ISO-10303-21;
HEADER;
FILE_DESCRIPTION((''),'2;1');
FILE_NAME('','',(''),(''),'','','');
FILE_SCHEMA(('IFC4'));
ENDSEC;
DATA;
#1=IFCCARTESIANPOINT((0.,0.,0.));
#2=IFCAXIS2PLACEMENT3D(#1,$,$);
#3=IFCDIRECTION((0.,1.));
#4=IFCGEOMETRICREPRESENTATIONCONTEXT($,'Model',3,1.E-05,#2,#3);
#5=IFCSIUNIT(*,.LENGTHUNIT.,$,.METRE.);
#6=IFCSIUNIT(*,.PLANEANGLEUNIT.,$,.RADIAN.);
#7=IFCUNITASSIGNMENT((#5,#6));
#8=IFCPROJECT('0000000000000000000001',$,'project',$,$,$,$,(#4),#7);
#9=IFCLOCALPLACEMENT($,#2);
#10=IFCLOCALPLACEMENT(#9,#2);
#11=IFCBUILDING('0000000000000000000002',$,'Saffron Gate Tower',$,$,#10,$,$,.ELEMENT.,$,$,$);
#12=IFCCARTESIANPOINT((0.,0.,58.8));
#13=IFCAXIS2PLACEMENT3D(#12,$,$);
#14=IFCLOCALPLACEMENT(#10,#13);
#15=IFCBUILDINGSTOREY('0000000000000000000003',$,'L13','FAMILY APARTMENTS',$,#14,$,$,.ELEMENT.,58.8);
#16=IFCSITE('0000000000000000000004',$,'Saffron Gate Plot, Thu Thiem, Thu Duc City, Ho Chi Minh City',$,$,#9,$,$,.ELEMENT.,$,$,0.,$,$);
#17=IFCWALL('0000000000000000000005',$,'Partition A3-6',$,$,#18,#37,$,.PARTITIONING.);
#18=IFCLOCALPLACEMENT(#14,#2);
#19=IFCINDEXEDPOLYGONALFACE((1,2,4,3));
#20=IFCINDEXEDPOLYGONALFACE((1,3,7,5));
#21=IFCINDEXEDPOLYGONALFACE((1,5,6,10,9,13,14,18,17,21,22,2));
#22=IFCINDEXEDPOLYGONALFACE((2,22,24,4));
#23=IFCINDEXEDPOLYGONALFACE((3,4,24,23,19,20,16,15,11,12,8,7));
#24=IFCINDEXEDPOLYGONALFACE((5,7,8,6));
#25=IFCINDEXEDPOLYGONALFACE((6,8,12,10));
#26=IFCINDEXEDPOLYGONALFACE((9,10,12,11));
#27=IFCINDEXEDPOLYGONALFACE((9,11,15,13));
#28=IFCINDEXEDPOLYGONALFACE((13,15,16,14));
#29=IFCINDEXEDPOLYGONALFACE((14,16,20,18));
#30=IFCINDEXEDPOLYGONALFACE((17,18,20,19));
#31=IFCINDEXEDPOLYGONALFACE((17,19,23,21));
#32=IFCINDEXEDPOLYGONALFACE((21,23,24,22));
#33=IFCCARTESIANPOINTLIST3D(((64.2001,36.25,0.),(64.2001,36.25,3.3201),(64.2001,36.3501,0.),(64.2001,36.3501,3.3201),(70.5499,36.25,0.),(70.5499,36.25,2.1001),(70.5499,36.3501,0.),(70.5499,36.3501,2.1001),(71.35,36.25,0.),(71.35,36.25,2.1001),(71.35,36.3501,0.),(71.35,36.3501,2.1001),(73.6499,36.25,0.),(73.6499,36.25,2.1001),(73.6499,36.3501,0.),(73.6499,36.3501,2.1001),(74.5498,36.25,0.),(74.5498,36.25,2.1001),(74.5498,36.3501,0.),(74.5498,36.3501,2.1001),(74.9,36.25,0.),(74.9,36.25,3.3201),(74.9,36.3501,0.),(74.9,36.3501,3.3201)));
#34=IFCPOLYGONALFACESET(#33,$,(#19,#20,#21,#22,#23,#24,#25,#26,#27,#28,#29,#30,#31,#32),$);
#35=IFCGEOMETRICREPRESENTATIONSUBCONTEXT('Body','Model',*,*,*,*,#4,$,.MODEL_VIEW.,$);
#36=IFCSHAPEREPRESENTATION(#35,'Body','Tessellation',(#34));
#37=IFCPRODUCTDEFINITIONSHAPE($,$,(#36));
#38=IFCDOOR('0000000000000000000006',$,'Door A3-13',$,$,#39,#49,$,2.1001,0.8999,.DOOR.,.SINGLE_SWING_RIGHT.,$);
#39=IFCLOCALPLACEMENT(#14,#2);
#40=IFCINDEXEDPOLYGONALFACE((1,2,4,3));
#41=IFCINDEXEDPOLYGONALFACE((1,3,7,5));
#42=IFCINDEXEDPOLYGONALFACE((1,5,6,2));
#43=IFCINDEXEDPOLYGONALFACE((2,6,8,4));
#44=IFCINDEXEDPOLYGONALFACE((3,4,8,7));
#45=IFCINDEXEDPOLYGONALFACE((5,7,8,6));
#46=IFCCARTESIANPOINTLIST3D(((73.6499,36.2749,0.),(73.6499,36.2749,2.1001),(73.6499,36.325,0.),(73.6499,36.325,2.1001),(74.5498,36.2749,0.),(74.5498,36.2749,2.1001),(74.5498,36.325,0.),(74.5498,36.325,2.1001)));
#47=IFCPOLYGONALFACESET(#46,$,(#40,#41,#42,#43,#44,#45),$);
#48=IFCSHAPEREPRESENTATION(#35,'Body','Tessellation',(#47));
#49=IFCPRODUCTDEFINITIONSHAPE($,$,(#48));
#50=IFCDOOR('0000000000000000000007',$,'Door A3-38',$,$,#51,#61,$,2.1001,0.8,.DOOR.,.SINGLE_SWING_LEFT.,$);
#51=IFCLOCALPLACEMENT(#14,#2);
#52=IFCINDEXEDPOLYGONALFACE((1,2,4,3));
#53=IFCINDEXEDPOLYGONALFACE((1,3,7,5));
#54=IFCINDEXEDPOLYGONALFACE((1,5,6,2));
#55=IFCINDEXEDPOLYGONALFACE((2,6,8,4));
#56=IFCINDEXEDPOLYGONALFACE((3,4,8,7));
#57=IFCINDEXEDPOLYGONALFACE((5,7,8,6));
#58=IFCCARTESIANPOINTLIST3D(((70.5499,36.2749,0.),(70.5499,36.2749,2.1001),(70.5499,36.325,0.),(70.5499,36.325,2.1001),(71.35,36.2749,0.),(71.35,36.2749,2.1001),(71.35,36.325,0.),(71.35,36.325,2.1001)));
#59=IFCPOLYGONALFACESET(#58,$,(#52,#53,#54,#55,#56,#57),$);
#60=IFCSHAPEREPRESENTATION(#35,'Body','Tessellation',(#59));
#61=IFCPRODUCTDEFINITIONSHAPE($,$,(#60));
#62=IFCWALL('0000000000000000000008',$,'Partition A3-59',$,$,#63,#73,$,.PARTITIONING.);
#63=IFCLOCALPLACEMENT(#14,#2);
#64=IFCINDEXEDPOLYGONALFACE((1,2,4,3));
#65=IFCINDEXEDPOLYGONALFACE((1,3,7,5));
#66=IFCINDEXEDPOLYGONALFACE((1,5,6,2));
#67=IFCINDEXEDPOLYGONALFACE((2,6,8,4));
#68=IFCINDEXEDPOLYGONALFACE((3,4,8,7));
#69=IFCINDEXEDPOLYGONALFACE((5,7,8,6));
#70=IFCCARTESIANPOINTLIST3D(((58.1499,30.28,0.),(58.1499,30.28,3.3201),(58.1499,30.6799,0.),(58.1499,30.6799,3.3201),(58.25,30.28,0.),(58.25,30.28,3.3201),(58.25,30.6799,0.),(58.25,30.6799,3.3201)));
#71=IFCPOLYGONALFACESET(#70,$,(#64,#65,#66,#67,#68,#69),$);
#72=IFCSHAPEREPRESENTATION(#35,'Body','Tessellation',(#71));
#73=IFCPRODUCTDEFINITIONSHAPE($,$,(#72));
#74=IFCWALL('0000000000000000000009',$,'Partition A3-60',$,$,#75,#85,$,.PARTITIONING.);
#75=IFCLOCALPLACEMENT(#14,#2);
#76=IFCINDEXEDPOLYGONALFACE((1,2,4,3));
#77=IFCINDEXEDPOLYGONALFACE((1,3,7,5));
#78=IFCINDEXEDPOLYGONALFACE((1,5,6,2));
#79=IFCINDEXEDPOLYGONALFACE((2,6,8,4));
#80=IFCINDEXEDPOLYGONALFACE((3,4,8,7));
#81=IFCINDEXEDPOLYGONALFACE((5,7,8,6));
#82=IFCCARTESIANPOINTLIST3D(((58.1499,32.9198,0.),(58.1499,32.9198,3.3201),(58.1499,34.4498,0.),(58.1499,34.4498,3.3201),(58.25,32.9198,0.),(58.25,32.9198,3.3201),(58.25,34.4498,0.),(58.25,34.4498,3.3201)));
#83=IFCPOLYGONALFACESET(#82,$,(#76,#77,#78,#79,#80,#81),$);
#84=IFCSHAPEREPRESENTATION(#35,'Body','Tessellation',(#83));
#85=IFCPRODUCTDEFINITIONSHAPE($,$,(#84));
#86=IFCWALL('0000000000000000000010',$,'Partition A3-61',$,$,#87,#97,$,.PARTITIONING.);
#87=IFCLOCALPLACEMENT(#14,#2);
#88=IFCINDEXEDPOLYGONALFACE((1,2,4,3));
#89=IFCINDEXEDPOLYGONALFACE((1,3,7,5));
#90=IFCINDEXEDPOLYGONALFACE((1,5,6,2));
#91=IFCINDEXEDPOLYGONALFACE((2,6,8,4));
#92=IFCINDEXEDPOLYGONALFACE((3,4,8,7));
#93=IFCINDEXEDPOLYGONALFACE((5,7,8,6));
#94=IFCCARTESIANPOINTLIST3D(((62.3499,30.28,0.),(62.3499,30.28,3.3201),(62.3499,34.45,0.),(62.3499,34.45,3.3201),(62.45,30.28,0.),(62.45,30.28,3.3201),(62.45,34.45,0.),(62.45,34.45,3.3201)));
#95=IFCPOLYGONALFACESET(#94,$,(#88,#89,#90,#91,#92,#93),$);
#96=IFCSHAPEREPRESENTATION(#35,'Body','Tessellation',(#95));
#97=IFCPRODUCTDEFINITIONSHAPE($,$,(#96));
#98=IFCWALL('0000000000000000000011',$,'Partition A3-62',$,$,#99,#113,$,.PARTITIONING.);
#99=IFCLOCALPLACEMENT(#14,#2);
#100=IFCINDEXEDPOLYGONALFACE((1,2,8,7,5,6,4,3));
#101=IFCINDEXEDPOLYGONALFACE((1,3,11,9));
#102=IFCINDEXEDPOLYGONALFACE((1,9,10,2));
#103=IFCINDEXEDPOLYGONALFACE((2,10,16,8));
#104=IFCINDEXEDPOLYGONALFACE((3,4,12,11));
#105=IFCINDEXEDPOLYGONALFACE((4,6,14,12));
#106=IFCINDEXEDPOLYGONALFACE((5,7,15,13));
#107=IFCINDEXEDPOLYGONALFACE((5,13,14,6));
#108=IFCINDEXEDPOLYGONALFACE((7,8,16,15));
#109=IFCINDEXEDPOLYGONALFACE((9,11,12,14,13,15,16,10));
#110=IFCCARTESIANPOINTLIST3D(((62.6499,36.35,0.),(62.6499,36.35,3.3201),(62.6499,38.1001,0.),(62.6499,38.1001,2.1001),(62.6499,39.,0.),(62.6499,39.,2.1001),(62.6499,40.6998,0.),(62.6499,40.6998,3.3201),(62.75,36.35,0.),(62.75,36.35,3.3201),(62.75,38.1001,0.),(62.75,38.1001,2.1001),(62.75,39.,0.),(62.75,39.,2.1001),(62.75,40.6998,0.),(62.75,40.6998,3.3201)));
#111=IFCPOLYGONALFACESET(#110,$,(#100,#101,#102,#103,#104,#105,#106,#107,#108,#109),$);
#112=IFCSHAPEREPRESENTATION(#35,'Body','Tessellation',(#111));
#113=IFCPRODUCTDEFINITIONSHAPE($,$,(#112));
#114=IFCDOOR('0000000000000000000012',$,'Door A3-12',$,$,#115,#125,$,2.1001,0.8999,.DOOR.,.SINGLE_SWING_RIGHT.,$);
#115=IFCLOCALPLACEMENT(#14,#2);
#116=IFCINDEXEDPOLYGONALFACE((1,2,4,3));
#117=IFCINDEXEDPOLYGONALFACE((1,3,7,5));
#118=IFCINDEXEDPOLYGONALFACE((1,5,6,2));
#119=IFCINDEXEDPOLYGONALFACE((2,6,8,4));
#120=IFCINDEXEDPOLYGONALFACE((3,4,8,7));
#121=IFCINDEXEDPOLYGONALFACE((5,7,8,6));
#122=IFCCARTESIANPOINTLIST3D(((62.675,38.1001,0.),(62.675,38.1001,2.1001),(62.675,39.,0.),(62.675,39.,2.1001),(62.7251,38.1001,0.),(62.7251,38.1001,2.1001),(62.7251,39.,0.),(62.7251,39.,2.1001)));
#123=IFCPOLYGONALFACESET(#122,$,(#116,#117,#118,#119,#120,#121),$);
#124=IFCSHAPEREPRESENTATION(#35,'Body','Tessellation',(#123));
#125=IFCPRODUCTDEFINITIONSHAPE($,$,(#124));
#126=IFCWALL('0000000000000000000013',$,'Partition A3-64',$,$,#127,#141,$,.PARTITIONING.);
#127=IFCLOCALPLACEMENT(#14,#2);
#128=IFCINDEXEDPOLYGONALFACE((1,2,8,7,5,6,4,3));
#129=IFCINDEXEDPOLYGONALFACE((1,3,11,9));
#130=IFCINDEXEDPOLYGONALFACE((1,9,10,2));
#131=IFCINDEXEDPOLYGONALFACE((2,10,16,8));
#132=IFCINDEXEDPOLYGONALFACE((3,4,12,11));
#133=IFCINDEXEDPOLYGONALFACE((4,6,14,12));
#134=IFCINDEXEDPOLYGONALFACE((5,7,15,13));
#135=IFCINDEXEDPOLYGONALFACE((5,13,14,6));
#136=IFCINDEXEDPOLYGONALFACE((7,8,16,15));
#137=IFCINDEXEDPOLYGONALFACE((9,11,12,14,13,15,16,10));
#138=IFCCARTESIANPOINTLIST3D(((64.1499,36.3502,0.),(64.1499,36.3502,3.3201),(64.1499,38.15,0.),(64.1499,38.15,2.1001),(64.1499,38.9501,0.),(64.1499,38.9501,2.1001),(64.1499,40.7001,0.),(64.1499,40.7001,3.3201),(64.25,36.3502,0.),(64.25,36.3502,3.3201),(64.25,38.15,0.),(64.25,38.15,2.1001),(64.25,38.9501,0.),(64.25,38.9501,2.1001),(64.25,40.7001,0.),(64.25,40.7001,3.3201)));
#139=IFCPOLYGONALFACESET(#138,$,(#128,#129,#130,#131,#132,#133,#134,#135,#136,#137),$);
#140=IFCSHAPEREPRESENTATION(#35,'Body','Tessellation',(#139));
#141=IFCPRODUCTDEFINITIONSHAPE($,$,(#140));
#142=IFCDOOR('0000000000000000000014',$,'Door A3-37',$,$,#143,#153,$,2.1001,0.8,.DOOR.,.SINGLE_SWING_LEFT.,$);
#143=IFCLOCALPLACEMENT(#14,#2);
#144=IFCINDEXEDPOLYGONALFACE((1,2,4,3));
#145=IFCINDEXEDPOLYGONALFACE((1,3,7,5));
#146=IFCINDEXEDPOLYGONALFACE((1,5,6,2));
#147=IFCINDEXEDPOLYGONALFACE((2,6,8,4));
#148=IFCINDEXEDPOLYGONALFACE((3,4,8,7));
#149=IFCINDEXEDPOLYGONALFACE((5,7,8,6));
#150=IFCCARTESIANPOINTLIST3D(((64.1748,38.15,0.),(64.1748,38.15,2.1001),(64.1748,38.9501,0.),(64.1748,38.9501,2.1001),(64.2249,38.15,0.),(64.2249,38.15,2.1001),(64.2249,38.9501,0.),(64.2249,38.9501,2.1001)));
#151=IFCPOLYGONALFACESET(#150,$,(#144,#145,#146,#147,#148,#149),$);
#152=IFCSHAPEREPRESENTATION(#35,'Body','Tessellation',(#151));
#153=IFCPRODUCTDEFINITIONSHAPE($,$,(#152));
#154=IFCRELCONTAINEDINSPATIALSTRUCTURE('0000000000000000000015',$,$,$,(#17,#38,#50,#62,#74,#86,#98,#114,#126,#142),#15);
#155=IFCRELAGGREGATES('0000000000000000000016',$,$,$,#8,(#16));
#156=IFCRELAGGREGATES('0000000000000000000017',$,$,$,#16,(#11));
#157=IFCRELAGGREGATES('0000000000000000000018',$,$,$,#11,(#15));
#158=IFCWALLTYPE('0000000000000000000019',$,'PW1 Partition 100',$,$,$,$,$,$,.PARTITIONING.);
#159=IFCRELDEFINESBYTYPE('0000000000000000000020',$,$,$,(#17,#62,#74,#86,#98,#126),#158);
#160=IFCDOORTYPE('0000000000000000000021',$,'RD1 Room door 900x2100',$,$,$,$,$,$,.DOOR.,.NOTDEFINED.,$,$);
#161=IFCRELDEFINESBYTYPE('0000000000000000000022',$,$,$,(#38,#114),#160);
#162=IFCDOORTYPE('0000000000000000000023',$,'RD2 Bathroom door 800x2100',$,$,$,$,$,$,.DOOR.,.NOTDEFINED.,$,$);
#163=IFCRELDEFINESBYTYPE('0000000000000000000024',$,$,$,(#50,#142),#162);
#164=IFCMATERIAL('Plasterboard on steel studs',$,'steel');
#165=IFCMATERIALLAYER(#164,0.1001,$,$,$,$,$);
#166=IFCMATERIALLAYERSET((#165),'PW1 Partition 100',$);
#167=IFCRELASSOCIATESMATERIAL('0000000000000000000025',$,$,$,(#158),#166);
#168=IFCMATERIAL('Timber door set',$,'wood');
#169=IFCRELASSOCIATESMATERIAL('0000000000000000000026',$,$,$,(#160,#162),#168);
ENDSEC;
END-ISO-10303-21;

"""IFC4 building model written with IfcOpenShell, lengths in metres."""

from ifc_helpers import new_model, si_unit, direction, frame, frame_2d, origin, place, context, subcontext, project, spatial, rectangle, extrude, material, layer, layer_set, type_object, element, fill, save


model = new_model("IFC4")

# Units and contexts
model_context = context("Model", 3, precision=1e-05, world=origin(), true_north=direction((0.0, 1.0)))
body_context = subcontext(model_context, "Body", "Model", "MODEL_VIEW")
ifc_project = project(units=[si_unit("LENGTHUNIT", "METRE"), si_unit("PLANEANGLEUNIT", "RADIAN")], contexts=[model_context])

# Site, building, storey
site_placement = place(None, origin())
site = spatial("IfcSite", under=ifc_project, at=site_placement, Name="Saffron Gate Plot, Thu Thiem, Thu Duc City, Ho Chi Minh City", CompositionType="ELEMENT", RefElevation=0.0)
building_placement = place(site_placement, origin())
building = spatial("IfcBuilding", under=site, at=building_placement, Name="Saffron Gate Tower", CompositionType="ELEMENT")
storey_placement = place(building_placement, frame((0.0, 0.0, 58.8)))
storey = spatial("IfcBuildingStorey", under=building, at=storey_placement, Name="L13", Description="FAMILY APARTMENTS", CompositionType="ELEMENT", Elevation=58.8)

# Wall, openings, doors
ifc_material_1 = material(Name="Plasterboard on steel studs", Category="steel")
ifc_layer_1 = layer(ifc_material_1, 0.1001)
ifc_layer_set_1 = layer_set([ifc_layer_1], Name="PW1 Partition 100")
wall_type_1 = type_object("IfcWallType", Name="PW1 Partition 100", PredefinedType="PARTITIONING", material=ifc_layer_set_1)
wall_1_placement = place(storey_placement, frame((64.2, 36.3, 0.0), z_axis=(0.0, 0.0, 1.0), x_axis=(1.0, 0.0, 0.0)))
wall_1 = element("IfcWall", 1, at=wall_1_placement, inside=storey, type_object=wall_type_1, Name="Partition A3-6", PredefinedType="PARTITIONING", context=body_context, shape_type="SweptSolid", body=[
    extrude(rectangle(XDim=10.7, YDim=0.1001, at=frame_2d((5.3501, 0.0))), origin(), (0.0, 0.0, 1.0), 3.3201),
])
opening_1_placement = place(wall_1_placement, frame((6.3501, 0.0, 0.0)))
opening_1 = element("IfcOpeningElement", 2, at=opening_1_placement, cuts=wall_1, PredefinedType="OPENING", context=body_context, shape_type="SweptSolid", body=[
    extrude(rectangle(XDim=0.8, YDim=2.1001, at=frame_2d((0.3999, 1.05))), frame((0.0, 0.0601, 0.0), z_axis=(0.0, -1.0, 0.0), x_axis=(1.0, 0.0, 0.0)), (0.0, 0.0, 1.0), 0.1201),
])
opening_2_placement = place(wall_1_placement, frame((9.45, 0.0, 0.0)))
opening_2 = element("IfcOpeningElement", 3, at=opening_2_placement, cuts=wall_1, PredefinedType="OPENING", context=body_context, shape_type="SweptSolid", body=[
    extrude(rectangle(XDim=0.8999, YDim=2.1001, at=frame_2d((0.45, 1.05))), frame((0.0, 0.0601, 0.0), z_axis=(0.0, -1.0, 0.0), x_axis=(1.0, 0.0, 0.0)), (0.0, 0.0, 1.0), 0.1201),
])
ifc_material_2 = material(Name="Timber door set", Category="wood")
door_type_1 = type_object("IfcDoorType", Name="RD1 Room door 900x2100", OperationType="NOTDEFINED", PredefinedType="DOOR", material=ifc_material_2)
door_1_placement = place(opening_2_placement, origin())
door_1 = element("IfcDoor", 4, at=door_1_placement, inside=storey, type_object=door_type_1, Name="Door A3-13", OperationType="SINGLE_SWING_RIGHT", OverallHeight=2.1001, OverallWidth=0.8999, PredefinedType="DOOR", context=body_context, shape_type="SweptSolid", body=[
    extrude(rectangle(XDim=0.8999, YDim=2.1001, at=frame_2d((0.45, 1.05))), frame((0.0, 0.0249, 0.0), z_axis=(0.0, -1.0, 0.0), x_axis=(1.0, 0.0, 0.0)), (0.0, 0.0, 1.0), 0.05),
])
fill(opening_2, door_1)
door_type_2 = type_object("IfcDoorType", Name="RD2 Bathroom door 800x2100", OperationType="NOTDEFINED", PredefinedType="DOOR", material=ifc_material_2)
door_2_placement = place(opening_1_placement, origin())
door_2 = element("IfcDoor", 5, at=door_2_placement, inside=storey, type_object=door_type_2, Name="Door A3-38", OperationType="SINGLE_SWING_LEFT", OverallHeight=2.1001, OverallWidth=0.8, PredefinedType="DOOR", context=body_context, shape_type="SweptSolid", body=[
    extrude(rectangle(XDim=0.8, YDim=2.1001, at=frame_2d((0.3999, 1.05))), frame((0.0, 0.0249, 0.0), z_axis=(0.0, -1.0, 0.0), x_axis=(1.0, 0.0, 0.0)), (0.0, 0.0, 1.0), 0.05),
])
fill(opening_1, door_2)

# Walls
wall_2_placement = place(storey_placement, frame((58.2, 30.6799, 0.0), z_axis=(0.0, 0.0, 1.0), x_axis=(0.0, -1.0, 0.0)))
element("IfcWall", 6, at=wall_2_placement, inside=storey, type_object=wall_type_1, Name="Partition A3-59", PredefinedType="PARTITIONING", context=body_context, shape_type="SweptSolid", body=[
    extrude(rectangle(XDim=0.3999, YDim=0.1001, at=frame_2d((0.2, 0.0))), origin(), (0.0, 0.0, 1.0), 3.3201),
])
wall_3_placement = place(storey_placement, frame((58.2, 34.45, 0.0), z_axis=(0.0, 0.0, 1.0), x_axis=(0.0, -1.0, 0.0)))
element("IfcWall", 7, at=wall_3_placement, inside=storey, type_object=wall_type_1, Name="Partition A3-60", PredefinedType="PARTITIONING", context=body_context, shape_type="SweptSolid", body=[
    extrude(rectangle(XDim=1.53, YDim=0.1001, at=frame_2d((0.7651, 0.0))), origin(), (0.0, 0.0, 1.0), 3.3201),
])
wall_4_placement = place(storey_placement, frame((62.3999, 34.45, 0.0), z_axis=(0.0, 0.0, 1.0), x_axis=(0.0, -1.0, 0.0)))
element("IfcWall", 8, at=wall_4_placement, inside=storey, type_object=wall_type_1, Name="Partition A3-61", PredefinedType="PARTITIONING", context=body_context, shape_type="SweptSolid", body=[
    extrude(rectangle(XDim=4.1699, YDim=0.1001, at=frame_2d((2.085, 0.0))), origin(), (0.0, 0.0, 1.0), 3.3201),
])

# Walls, openings, doors
wall_5_placement = place(storey_placement, frame((62.7, 36.3501, 0.0), z_axis=(0.0, 0.0, 1.0), x_axis=(0.0, 1.0, 0.0)))
wall_5 = element("IfcWall", 9, at=wall_5_placement, inside=storey, type_object=wall_type_1, Name="Partition A3-62", PredefinedType="PARTITIONING", context=body_context, shape_type="SweptSolid", body=[
    extrude(rectangle(XDim=4.3499, YDim=0.1001, at=frame_2d((2.1748, 0.0))), origin(), (0.0, 0.0, 1.0), 3.3201),
])
opening_3_placement = place(wall_5_placement, frame((1.75, 0.0, 0.0)))
opening_3 = element("IfcOpeningElement", 10, at=opening_3_placement, cuts=wall_5, PredefinedType="OPENING", context=body_context, shape_type="SweptSolid", body=[
    extrude(rectangle(XDim=0.8999, YDim=2.1001, at=frame_2d((0.45, 1.05))), frame((0.0, 0.0601, 0.0), z_axis=(0.0, -1.0, 0.0), x_axis=(1.0, 0.0, 0.0)), (0.0, 0.0, 1.0), 0.1201),
])
door_3_placement = place(opening_3_placement, origin())
door_3 = element("IfcDoor", 11, at=door_3_placement, inside=storey, type_object=door_type_1, Name="Door A3-12", OperationType="SINGLE_SWING_RIGHT", OverallHeight=2.1001, OverallWidth=0.8999, PredefinedType="DOOR", context=body_context, shape_type="SweptSolid", body=[
    extrude(rectangle(XDim=0.8999, YDim=2.1001, at=frame_2d((0.45, 1.05))), frame((0.0, 0.0249, 0.0), z_axis=(0.0, -1.0, 0.0), x_axis=(1.0, 0.0, 0.0)), (0.0, 0.0, 1.0), 0.05),
])
fill(opening_3, door_3)
wall_6_placement = place(storey_placement, frame((64.2, 40.7, 0.0), z_axis=(0.0, 0.0, 1.0), x_axis=(0.0, -1.0, 0.0)))
wall_6 = element("IfcWall", 12, at=wall_6_placement, inside=storey, type_object=wall_type_1, Name="Partition A3-64", PredefinedType="PARTITIONING", context=body_context, shape_type="SweptSolid", body=[
    extrude(rectangle(XDim=4.3499, YDim=0.1001, at=frame_2d((2.1748, 0.0))), origin(), (0.0, 0.0, 1.0), 3.3201),
])
opening_4_placement = place(wall_6_placement, frame((1.75, 0.0, 0.0)))
opening_4 = element("IfcOpeningElement", 13, at=opening_4_placement, cuts=wall_6, PredefinedType="OPENING", context=body_context, shape_type="SweptSolid", body=[
    extrude(rectangle(XDim=0.8, YDim=2.1001, at=frame_2d((0.3999, 1.05))), frame((0.0, 0.0601, 0.0), z_axis=(0.0, -1.0, 0.0), x_axis=(1.0, 0.0, 0.0)), (0.0, 0.0, 1.0), 0.1201),
])
door_4_placement = place(opening_4_placement, origin())
door_4 = element("IfcDoor", 14, at=door_4_placement, inside=storey, type_object=door_type_2, Name="Door A3-37", OperationType="SINGLE_SWING_LEFT", OverallHeight=2.1001, OverallWidth=0.8, PredefinedType="DOOR", context=body_context, shape_type="SweptSolid", body=[
    extrude(rectangle(XDim=0.8, YDim=2.1001, at=frame_2d((0.3999, 1.05))), frame((0.0, 0.0249, 0.0), z_axis=(0.0, -1.0, 0.0), x_axis=(1.0, 0.0, 0.0)), (0.0, 0.0, 1.0), 0.05),
])
fill(opening_4, door_4)

save(model, "model.ifc")
